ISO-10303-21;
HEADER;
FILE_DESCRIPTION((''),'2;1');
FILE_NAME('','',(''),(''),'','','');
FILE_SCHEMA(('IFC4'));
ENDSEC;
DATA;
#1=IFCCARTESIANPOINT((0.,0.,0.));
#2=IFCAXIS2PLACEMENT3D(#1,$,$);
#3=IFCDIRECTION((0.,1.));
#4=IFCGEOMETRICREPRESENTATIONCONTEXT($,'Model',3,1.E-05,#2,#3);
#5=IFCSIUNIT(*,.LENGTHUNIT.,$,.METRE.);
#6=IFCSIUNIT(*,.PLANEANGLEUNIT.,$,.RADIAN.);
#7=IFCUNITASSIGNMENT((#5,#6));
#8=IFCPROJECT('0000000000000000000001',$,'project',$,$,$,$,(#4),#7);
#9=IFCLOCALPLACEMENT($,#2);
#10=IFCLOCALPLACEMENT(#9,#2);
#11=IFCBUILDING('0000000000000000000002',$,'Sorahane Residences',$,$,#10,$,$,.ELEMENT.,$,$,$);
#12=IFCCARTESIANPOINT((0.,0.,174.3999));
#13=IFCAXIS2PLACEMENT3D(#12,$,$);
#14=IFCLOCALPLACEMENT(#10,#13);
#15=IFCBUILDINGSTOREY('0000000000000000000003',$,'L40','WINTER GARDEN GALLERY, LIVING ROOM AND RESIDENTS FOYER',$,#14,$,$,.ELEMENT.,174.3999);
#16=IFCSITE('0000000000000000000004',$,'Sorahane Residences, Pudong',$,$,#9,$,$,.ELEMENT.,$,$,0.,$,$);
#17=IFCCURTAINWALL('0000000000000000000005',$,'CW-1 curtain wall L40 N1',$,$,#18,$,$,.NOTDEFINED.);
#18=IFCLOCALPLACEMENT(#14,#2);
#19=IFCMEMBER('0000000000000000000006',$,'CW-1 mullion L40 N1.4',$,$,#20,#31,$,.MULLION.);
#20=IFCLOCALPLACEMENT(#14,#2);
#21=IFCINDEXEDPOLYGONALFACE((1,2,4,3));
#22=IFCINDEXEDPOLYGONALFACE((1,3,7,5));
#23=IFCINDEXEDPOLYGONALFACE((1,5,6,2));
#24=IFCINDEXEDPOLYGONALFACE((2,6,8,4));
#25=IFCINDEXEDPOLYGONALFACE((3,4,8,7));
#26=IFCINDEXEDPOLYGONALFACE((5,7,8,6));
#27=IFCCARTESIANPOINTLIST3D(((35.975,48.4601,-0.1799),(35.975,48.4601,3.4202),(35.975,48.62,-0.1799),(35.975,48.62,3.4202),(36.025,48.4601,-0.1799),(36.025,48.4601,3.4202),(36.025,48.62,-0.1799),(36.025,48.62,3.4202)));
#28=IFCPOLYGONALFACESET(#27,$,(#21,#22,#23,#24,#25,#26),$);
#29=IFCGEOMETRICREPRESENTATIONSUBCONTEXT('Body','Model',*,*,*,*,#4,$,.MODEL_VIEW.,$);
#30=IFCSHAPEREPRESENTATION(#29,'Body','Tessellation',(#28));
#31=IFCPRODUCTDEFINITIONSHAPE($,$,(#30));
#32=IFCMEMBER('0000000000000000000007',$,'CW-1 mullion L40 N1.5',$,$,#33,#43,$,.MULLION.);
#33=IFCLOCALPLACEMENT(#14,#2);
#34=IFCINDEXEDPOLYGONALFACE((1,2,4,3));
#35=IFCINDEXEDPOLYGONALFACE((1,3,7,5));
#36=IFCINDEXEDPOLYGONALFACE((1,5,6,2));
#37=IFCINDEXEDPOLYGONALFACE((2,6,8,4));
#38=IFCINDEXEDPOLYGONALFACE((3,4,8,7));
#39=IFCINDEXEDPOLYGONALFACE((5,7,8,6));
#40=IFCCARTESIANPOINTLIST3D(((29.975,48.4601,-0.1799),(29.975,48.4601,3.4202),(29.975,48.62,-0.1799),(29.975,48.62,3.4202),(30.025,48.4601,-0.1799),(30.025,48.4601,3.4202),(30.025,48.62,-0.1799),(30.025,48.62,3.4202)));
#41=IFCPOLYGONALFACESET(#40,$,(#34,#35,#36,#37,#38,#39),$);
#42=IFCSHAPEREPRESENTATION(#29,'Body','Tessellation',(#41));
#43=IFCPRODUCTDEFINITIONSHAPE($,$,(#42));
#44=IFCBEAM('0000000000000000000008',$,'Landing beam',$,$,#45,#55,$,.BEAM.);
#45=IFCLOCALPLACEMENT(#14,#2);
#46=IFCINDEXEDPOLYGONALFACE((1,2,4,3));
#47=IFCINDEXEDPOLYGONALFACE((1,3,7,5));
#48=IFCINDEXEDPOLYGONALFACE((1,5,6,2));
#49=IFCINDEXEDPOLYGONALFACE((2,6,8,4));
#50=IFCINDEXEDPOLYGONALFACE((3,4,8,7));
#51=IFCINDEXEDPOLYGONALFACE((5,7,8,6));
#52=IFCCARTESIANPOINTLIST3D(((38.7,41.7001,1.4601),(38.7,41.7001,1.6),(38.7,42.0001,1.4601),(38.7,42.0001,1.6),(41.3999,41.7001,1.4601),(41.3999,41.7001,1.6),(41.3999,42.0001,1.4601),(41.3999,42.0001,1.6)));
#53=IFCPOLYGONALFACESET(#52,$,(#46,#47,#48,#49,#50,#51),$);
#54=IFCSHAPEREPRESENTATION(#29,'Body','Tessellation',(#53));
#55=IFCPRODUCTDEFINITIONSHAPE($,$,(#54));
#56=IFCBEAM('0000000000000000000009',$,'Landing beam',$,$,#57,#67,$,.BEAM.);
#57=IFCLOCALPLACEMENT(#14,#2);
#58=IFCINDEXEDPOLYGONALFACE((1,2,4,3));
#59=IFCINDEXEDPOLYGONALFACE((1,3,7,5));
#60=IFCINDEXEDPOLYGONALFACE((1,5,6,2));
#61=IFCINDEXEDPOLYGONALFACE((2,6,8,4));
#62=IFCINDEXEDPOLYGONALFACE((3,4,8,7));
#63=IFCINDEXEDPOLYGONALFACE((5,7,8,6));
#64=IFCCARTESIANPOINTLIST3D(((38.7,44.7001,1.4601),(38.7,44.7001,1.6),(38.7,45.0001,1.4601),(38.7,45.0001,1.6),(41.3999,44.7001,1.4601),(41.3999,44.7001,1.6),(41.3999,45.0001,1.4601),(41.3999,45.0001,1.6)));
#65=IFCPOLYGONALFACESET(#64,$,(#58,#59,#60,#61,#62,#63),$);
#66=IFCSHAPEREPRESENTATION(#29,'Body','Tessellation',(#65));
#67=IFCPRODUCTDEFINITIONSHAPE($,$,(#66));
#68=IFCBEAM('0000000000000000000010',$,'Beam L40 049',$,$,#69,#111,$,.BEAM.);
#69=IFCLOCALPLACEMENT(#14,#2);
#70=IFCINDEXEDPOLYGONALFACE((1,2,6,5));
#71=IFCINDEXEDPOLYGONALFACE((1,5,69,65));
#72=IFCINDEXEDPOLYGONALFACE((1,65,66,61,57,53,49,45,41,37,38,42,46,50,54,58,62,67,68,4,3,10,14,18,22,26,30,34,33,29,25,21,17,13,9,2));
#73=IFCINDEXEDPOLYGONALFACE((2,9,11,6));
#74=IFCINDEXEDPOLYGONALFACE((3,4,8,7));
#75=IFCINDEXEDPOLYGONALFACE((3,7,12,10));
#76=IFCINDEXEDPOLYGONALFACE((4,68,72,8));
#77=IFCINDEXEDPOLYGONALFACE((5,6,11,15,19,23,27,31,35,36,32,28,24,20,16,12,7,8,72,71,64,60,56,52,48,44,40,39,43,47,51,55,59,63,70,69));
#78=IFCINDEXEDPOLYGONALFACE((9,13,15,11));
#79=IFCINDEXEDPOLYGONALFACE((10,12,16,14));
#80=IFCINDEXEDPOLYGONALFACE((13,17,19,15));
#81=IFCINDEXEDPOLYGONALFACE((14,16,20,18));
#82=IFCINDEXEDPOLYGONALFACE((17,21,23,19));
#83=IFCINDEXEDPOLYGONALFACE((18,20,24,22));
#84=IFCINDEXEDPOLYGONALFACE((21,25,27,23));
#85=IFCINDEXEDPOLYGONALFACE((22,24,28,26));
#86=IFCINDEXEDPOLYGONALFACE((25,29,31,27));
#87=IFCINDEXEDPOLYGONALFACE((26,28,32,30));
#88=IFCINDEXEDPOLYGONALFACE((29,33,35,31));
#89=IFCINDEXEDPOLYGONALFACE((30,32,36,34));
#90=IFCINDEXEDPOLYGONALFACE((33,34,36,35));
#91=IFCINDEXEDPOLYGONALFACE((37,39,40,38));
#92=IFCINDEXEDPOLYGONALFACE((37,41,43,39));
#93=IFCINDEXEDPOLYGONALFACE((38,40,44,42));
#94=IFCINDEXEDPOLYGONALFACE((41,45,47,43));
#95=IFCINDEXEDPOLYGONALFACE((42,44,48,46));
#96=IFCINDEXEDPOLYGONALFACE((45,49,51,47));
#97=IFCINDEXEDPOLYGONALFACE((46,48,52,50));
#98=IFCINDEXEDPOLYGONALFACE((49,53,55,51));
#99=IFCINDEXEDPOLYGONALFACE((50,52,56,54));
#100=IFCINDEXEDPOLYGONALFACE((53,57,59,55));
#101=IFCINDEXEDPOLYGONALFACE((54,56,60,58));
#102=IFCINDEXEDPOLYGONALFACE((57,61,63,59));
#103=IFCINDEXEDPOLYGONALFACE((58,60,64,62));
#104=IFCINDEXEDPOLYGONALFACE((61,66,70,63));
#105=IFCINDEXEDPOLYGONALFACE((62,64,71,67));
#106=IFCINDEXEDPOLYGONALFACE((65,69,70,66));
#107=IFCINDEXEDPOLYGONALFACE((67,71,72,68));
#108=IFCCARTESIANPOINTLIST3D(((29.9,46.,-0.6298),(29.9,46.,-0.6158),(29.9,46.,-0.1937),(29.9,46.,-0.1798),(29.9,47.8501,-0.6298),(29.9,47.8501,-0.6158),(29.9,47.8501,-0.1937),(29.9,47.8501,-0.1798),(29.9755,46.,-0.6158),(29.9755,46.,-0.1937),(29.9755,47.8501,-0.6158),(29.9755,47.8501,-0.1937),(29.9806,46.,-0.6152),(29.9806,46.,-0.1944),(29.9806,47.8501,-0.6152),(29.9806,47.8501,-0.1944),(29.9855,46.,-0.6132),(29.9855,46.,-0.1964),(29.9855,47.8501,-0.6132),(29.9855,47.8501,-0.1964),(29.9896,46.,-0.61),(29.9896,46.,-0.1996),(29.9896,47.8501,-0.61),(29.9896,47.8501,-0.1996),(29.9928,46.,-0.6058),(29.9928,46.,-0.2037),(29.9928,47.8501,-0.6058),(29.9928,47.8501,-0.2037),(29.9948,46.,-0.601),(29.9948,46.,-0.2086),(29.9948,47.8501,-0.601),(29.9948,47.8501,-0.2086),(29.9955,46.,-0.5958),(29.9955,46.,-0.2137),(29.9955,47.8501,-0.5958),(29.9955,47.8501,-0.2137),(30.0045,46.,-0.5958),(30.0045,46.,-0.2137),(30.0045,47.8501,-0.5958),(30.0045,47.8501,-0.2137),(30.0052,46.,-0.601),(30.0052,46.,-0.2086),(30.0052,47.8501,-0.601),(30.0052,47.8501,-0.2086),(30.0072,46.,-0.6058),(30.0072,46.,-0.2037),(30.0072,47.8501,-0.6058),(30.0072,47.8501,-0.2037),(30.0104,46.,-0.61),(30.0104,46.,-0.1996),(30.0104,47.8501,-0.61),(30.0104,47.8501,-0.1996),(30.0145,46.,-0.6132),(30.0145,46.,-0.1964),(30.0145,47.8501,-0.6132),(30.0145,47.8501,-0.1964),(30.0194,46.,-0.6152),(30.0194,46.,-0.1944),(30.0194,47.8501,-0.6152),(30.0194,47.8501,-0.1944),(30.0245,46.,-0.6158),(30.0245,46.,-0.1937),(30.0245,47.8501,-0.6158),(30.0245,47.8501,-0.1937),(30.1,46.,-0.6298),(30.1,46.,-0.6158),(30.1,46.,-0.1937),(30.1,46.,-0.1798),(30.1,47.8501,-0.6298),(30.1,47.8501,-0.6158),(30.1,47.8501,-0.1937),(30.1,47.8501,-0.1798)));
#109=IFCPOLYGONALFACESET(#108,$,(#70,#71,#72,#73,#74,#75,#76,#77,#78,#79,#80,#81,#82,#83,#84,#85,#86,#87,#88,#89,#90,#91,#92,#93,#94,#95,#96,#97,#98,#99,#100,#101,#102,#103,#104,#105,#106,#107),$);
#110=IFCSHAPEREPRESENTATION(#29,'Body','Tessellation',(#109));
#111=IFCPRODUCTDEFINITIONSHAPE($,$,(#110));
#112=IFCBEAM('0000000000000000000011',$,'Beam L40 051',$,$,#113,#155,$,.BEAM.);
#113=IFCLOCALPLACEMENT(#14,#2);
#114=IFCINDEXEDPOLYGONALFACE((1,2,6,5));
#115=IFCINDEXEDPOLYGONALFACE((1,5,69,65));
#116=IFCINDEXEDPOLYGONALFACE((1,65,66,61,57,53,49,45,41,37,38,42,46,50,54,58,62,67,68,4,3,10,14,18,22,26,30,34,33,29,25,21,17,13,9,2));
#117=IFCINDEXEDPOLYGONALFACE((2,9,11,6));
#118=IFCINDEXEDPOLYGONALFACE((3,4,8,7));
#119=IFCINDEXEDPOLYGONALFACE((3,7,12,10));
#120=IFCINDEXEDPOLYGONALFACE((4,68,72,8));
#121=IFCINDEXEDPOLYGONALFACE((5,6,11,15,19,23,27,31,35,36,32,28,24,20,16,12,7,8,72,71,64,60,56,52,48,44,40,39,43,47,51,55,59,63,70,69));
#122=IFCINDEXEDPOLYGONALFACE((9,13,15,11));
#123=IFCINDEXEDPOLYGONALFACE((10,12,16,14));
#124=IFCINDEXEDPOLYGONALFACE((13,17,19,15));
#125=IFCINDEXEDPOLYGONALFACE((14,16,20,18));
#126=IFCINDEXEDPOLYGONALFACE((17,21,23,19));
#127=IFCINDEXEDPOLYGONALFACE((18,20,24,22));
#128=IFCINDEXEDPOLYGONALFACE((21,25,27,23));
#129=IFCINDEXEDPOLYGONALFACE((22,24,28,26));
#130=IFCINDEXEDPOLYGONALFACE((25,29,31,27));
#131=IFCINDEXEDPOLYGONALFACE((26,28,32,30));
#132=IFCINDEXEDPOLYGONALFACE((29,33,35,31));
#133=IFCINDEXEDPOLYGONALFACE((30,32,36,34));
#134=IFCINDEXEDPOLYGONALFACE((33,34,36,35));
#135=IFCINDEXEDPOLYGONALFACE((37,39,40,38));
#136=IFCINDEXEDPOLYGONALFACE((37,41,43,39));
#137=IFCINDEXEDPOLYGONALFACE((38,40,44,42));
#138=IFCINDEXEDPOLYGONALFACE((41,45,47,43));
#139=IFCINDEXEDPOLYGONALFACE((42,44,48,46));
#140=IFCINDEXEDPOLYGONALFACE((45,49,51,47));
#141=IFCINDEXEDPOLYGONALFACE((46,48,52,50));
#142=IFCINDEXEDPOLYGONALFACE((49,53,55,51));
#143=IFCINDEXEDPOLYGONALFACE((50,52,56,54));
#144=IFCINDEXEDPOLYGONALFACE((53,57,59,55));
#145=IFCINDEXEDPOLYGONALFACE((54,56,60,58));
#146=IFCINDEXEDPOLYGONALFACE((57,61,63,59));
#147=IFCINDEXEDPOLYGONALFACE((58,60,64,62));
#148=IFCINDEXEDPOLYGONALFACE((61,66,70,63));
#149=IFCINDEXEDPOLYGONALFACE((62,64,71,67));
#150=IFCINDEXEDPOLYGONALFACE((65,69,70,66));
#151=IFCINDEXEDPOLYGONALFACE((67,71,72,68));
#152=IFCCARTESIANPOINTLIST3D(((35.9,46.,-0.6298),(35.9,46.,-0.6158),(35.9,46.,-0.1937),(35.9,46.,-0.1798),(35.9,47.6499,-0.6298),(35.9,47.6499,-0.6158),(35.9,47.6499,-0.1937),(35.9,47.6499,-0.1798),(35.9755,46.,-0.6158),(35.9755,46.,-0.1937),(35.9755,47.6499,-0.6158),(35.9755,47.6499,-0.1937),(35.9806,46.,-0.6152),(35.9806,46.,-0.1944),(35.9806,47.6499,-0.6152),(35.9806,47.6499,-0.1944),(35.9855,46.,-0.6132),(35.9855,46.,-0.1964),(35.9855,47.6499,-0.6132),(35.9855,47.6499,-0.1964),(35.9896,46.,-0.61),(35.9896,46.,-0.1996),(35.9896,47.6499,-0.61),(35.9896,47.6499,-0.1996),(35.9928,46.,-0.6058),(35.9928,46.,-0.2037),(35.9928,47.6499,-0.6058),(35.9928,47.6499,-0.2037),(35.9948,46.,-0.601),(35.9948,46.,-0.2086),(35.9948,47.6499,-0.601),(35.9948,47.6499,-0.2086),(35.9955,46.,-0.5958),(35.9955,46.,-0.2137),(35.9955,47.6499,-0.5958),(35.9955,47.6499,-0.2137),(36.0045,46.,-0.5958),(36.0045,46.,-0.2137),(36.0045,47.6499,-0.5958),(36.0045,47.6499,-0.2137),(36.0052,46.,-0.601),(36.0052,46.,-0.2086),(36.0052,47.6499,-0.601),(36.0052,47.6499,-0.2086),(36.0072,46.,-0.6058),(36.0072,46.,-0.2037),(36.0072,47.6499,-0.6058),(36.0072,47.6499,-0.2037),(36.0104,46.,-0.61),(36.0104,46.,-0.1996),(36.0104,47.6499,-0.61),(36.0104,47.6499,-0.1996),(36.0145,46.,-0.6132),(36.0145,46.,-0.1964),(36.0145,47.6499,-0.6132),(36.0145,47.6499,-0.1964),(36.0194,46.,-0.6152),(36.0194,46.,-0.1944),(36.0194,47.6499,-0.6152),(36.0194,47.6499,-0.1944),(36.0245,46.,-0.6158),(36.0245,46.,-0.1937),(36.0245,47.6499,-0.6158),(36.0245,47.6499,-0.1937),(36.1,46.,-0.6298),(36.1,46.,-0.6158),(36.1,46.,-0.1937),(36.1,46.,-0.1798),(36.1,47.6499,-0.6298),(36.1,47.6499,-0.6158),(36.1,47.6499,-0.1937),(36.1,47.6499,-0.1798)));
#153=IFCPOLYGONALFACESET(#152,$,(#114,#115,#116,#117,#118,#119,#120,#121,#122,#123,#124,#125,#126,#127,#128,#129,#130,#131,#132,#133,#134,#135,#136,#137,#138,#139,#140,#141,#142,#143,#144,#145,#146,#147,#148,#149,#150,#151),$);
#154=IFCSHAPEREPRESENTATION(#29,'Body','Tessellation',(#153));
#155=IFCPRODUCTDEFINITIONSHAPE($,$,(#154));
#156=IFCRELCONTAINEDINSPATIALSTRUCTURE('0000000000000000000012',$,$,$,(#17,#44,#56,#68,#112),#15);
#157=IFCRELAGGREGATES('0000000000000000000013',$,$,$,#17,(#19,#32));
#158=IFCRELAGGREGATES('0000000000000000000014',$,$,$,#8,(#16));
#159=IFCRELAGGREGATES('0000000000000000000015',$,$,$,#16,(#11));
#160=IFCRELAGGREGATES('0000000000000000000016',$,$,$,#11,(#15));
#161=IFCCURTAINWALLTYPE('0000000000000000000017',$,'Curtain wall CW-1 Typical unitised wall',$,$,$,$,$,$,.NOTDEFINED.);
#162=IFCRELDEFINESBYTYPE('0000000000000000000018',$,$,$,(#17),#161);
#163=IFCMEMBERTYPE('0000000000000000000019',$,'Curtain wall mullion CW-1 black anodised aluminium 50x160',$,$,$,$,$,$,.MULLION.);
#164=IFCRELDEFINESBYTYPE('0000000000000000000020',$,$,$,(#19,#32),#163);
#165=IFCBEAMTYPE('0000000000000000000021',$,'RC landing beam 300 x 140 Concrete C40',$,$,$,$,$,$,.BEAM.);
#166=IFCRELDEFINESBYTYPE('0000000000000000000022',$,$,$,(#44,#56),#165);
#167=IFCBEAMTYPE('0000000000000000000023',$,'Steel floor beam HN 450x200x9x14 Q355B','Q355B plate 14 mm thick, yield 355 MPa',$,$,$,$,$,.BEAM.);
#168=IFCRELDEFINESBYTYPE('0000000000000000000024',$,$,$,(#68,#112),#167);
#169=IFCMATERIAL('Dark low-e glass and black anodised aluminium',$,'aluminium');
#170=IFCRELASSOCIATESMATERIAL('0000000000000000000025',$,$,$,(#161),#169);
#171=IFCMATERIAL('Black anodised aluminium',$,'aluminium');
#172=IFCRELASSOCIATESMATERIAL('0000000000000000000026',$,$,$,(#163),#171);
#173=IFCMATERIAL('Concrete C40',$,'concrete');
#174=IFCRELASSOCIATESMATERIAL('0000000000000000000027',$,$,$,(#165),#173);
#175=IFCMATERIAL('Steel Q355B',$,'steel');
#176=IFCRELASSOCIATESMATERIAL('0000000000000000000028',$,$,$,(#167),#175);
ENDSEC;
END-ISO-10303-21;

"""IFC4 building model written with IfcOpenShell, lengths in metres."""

from ifc_helpers import new_model, si_unit, direction, frame, origin, origin_2d, place, context, subcontext, project, spatial, rectangle, i_section, extrude, material, material_profile, profile_set, type_object, element, aggregate, save


model = new_model("IFC4")

# Units and contexts
model_context = context("Model", 3, precision=1e-05, world=origin(), true_north=direction((0.0, 1.0)))
body_context = subcontext(model_context, "Body", "Model", "MODEL_VIEW")
ifc_project = project(units=[si_unit("LENGTHUNIT", "METRE"), si_unit("PLANEANGLEUNIT", "RADIAN")], contexts=[model_context])

# Site, building, storey
site_placement = place(None, origin())
site = spatial("IfcSite", under=ifc_project, at=site_placement, Name="Sorahane Residences, Pudong", CompositionType="ELEMENT", RefElevation=0.0)
building_placement = place(site_placement, origin())
building = spatial("IfcBuilding", under=site, at=building_placement, Name="Sorahane Residences", CompositionType="ELEMENT")
storey_placement = place(building_placement, frame((0.0, 0.0, 174.3999)))
storey = spatial("IfcBuildingStorey", under=building, at=storey_placement, Name="L40", Description="WINTER GARDEN GALLERY, LIVING ROOM AND RESIDENTS FOYER", CompositionType="ELEMENT", Elevation=174.3999)

# Curtain wall, members
ifc_material_1 = material(Name="Dark low-e glass and black anodised aluminium", Category="aluminium")
curtain_wall_type = type_object("IfcCurtainWallType", Name="Curtain wall CW-1 Typical unitised wall", PredefinedType="NOTDEFINED", material=ifc_material_1)
curtain_wall_placement = place(storey_placement, origin())
curtain_wall = element("IfcCurtainWall", 1, at=curtain_wall_placement, inside=storey, type_object=curtain_wall_type, Name="CW-1 curtain wall L40 N1", PredefinedType="NOTDEFINED")
ifc_material_2 = material(Name="Black anodised aluminium", Category="aluminium")
ifc_material_profile_1 = material_profile(ifc_material_2, rectangle(XDim=0.1599, YDim=0.05, at=origin_2d()), Name="Curtain wall mullion CW-1 black anodised aluminium 50x160")
ifc_profile_set_1 = profile_set([ifc_material_profile_1], Name="Black anodised aluminium")
member_type_1 = type_object("IfcMemberType", Name="Curtain wall mullion CW-1 black anodised aluminium 50x160", PredefinedType="MULLION", material=ifc_profile_set_1)
member_1_placement = place(storey_placement, frame((36.0, 48.54, -0.1799), z_axis=(0.0, 0.0, 1.0), x_axis=(0.0, 1.0, 0.0)))
member_1 = element("IfcMember", 2, at=member_1_placement, type_object=member_type_1, Name="CW-1 mullion L40 N1.4", PredefinedType="MULLION", context=body_context, shape_type="SweptSolid", body=[
    extrude(rectangle(XDim=0.1599, YDim=0.05, at=origin_2d()), origin(), (0.0, 0.0, 1.0), 3.6001),
])
member_2_placement = place(storey_placement, frame((30.0, 48.54, -0.1799), z_axis=(0.0, 0.0, 1.0), x_axis=(0.0, 1.0, 0.0)))
member_2 = element("IfcMember", 3, at=member_2_placement, type_object=member_type_1, Name="CW-1 mullion L40 N1.5", PredefinedType="MULLION", context=body_context, shape_type="SweptSolid", body=[
    extrude(rectangle(XDim=0.1599, YDim=0.05, at=origin_2d()), origin(), (0.0, 0.0, 1.0), 3.6001),
])

# Beams
ifc_material_3 = material(Name="Concrete C40", Category="concrete")
ifc_material_profile_2 = material_profile(ifc_material_3, rectangle(XDim=0.3, YDim=0.1399, at=origin_2d()), Name="300x140")
ifc_profile_set_2 = profile_set([ifc_material_profile_2], Name="Concrete C40")
beam_type_1 = type_object("IfcBeamType", Name="RC landing beam 300 x 140 Concrete C40", PredefinedType="BEAM", material=ifc_profile_set_2)
for number, where, z_axis, x_axis, name in (
    (4, (38.7, 41.8501, 1.53), (1.0, 0.0, 0.0), (0.0, 1.0, 0.0), "Landing beam"),
    (5, (38.7, 44.8501, 1.53), (1.0, 0.0, 0.0), (0.0, 1.0, 0.0), "Landing beam"),
):
    element("IfcBeam", number, at=place(storey_placement, frame(where, z_axis=z_axis, x_axis=x_axis)), inside=storey, type_object=beam_type_1, Name=name, PredefinedType="BEAM", context=body_context, shape_type="SweptSolid", body=[
        extrude(rectangle(XDim=0.3, YDim=0.1399, at=origin_2d()), origin(), (0.0, 0.0, 1.0), 2.7),
    ])
ifc_material_4 = material(Name="Steel Q355B", Category="steel")
ifc_material_profile_3 = material_profile(ifc_material_4, i_section(OverallWidth=0.2, OverallDepth=0.45, WebThickness=0.009, FlangeThickness=0.0139, FilletRadius=0.02, at=origin_2d()), Name="HN 450x200x9x14")
ifc_profile_set_3 = profile_set([ifc_material_profile_3], Name="Steel Q355B")
beam_type_2 = type_object("IfcBeamType", Name="Steel floor beam HN 450x200x9x14 Q355B", Description="Q355B plate 14 mm thick, yield 355 MPa", PredefinedType="BEAM", material=ifc_profile_set_3)
beam_1_placement = place(storey_placement, frame((30.0, 46.0, -0.4048), z_axis=(0.0, 1.0, 0.0), x_axis=(-1.0, 0.0, 0.0)))
element("IfcBeam", 6, at=beam_1_placement, inside=storey, type_object=beam_type_2, Name="Beam L40 049", PredefinedType="BEAM", context=body_context, shape_type="SweptSolid", body=[
    extrude(i_section(OverallWidth=0.2, OverallDepth=0.45, WebThickness=0.009, FlangeThickness=0.0139, FilletRadius=0.02, at=origin_2d()), origin(), (0.0, 0.0, 1.0), 1.8501),
])
beam_2_placement = place(storey_placement, frame((36.0, 46.0, -0.4048), z_axis=(0.0, 1.0, 0.0), x_axis=(-1.0, 0.0, 0.0)))
element("IfcBeam", 7, at=beam_2_placement, inside=storey, type_object=beam_type_2, Name="Beam L40 051", PredefinedType="BEAM", context=body_context, shape_type="SweptSolid", body=[
    extrude(i_section(OverallWidth=0.2, OverallDepth=0.45, WebThickness=0.009, FlangeThickness=0.0139, FilletRadius=0.02, at=origin_2d()), origin(), (0.0, 0.0, 1.0), 1.6499),
])

aggregate(curtain_wall, [member_1, member_2])

save(model, "model.ifc")
